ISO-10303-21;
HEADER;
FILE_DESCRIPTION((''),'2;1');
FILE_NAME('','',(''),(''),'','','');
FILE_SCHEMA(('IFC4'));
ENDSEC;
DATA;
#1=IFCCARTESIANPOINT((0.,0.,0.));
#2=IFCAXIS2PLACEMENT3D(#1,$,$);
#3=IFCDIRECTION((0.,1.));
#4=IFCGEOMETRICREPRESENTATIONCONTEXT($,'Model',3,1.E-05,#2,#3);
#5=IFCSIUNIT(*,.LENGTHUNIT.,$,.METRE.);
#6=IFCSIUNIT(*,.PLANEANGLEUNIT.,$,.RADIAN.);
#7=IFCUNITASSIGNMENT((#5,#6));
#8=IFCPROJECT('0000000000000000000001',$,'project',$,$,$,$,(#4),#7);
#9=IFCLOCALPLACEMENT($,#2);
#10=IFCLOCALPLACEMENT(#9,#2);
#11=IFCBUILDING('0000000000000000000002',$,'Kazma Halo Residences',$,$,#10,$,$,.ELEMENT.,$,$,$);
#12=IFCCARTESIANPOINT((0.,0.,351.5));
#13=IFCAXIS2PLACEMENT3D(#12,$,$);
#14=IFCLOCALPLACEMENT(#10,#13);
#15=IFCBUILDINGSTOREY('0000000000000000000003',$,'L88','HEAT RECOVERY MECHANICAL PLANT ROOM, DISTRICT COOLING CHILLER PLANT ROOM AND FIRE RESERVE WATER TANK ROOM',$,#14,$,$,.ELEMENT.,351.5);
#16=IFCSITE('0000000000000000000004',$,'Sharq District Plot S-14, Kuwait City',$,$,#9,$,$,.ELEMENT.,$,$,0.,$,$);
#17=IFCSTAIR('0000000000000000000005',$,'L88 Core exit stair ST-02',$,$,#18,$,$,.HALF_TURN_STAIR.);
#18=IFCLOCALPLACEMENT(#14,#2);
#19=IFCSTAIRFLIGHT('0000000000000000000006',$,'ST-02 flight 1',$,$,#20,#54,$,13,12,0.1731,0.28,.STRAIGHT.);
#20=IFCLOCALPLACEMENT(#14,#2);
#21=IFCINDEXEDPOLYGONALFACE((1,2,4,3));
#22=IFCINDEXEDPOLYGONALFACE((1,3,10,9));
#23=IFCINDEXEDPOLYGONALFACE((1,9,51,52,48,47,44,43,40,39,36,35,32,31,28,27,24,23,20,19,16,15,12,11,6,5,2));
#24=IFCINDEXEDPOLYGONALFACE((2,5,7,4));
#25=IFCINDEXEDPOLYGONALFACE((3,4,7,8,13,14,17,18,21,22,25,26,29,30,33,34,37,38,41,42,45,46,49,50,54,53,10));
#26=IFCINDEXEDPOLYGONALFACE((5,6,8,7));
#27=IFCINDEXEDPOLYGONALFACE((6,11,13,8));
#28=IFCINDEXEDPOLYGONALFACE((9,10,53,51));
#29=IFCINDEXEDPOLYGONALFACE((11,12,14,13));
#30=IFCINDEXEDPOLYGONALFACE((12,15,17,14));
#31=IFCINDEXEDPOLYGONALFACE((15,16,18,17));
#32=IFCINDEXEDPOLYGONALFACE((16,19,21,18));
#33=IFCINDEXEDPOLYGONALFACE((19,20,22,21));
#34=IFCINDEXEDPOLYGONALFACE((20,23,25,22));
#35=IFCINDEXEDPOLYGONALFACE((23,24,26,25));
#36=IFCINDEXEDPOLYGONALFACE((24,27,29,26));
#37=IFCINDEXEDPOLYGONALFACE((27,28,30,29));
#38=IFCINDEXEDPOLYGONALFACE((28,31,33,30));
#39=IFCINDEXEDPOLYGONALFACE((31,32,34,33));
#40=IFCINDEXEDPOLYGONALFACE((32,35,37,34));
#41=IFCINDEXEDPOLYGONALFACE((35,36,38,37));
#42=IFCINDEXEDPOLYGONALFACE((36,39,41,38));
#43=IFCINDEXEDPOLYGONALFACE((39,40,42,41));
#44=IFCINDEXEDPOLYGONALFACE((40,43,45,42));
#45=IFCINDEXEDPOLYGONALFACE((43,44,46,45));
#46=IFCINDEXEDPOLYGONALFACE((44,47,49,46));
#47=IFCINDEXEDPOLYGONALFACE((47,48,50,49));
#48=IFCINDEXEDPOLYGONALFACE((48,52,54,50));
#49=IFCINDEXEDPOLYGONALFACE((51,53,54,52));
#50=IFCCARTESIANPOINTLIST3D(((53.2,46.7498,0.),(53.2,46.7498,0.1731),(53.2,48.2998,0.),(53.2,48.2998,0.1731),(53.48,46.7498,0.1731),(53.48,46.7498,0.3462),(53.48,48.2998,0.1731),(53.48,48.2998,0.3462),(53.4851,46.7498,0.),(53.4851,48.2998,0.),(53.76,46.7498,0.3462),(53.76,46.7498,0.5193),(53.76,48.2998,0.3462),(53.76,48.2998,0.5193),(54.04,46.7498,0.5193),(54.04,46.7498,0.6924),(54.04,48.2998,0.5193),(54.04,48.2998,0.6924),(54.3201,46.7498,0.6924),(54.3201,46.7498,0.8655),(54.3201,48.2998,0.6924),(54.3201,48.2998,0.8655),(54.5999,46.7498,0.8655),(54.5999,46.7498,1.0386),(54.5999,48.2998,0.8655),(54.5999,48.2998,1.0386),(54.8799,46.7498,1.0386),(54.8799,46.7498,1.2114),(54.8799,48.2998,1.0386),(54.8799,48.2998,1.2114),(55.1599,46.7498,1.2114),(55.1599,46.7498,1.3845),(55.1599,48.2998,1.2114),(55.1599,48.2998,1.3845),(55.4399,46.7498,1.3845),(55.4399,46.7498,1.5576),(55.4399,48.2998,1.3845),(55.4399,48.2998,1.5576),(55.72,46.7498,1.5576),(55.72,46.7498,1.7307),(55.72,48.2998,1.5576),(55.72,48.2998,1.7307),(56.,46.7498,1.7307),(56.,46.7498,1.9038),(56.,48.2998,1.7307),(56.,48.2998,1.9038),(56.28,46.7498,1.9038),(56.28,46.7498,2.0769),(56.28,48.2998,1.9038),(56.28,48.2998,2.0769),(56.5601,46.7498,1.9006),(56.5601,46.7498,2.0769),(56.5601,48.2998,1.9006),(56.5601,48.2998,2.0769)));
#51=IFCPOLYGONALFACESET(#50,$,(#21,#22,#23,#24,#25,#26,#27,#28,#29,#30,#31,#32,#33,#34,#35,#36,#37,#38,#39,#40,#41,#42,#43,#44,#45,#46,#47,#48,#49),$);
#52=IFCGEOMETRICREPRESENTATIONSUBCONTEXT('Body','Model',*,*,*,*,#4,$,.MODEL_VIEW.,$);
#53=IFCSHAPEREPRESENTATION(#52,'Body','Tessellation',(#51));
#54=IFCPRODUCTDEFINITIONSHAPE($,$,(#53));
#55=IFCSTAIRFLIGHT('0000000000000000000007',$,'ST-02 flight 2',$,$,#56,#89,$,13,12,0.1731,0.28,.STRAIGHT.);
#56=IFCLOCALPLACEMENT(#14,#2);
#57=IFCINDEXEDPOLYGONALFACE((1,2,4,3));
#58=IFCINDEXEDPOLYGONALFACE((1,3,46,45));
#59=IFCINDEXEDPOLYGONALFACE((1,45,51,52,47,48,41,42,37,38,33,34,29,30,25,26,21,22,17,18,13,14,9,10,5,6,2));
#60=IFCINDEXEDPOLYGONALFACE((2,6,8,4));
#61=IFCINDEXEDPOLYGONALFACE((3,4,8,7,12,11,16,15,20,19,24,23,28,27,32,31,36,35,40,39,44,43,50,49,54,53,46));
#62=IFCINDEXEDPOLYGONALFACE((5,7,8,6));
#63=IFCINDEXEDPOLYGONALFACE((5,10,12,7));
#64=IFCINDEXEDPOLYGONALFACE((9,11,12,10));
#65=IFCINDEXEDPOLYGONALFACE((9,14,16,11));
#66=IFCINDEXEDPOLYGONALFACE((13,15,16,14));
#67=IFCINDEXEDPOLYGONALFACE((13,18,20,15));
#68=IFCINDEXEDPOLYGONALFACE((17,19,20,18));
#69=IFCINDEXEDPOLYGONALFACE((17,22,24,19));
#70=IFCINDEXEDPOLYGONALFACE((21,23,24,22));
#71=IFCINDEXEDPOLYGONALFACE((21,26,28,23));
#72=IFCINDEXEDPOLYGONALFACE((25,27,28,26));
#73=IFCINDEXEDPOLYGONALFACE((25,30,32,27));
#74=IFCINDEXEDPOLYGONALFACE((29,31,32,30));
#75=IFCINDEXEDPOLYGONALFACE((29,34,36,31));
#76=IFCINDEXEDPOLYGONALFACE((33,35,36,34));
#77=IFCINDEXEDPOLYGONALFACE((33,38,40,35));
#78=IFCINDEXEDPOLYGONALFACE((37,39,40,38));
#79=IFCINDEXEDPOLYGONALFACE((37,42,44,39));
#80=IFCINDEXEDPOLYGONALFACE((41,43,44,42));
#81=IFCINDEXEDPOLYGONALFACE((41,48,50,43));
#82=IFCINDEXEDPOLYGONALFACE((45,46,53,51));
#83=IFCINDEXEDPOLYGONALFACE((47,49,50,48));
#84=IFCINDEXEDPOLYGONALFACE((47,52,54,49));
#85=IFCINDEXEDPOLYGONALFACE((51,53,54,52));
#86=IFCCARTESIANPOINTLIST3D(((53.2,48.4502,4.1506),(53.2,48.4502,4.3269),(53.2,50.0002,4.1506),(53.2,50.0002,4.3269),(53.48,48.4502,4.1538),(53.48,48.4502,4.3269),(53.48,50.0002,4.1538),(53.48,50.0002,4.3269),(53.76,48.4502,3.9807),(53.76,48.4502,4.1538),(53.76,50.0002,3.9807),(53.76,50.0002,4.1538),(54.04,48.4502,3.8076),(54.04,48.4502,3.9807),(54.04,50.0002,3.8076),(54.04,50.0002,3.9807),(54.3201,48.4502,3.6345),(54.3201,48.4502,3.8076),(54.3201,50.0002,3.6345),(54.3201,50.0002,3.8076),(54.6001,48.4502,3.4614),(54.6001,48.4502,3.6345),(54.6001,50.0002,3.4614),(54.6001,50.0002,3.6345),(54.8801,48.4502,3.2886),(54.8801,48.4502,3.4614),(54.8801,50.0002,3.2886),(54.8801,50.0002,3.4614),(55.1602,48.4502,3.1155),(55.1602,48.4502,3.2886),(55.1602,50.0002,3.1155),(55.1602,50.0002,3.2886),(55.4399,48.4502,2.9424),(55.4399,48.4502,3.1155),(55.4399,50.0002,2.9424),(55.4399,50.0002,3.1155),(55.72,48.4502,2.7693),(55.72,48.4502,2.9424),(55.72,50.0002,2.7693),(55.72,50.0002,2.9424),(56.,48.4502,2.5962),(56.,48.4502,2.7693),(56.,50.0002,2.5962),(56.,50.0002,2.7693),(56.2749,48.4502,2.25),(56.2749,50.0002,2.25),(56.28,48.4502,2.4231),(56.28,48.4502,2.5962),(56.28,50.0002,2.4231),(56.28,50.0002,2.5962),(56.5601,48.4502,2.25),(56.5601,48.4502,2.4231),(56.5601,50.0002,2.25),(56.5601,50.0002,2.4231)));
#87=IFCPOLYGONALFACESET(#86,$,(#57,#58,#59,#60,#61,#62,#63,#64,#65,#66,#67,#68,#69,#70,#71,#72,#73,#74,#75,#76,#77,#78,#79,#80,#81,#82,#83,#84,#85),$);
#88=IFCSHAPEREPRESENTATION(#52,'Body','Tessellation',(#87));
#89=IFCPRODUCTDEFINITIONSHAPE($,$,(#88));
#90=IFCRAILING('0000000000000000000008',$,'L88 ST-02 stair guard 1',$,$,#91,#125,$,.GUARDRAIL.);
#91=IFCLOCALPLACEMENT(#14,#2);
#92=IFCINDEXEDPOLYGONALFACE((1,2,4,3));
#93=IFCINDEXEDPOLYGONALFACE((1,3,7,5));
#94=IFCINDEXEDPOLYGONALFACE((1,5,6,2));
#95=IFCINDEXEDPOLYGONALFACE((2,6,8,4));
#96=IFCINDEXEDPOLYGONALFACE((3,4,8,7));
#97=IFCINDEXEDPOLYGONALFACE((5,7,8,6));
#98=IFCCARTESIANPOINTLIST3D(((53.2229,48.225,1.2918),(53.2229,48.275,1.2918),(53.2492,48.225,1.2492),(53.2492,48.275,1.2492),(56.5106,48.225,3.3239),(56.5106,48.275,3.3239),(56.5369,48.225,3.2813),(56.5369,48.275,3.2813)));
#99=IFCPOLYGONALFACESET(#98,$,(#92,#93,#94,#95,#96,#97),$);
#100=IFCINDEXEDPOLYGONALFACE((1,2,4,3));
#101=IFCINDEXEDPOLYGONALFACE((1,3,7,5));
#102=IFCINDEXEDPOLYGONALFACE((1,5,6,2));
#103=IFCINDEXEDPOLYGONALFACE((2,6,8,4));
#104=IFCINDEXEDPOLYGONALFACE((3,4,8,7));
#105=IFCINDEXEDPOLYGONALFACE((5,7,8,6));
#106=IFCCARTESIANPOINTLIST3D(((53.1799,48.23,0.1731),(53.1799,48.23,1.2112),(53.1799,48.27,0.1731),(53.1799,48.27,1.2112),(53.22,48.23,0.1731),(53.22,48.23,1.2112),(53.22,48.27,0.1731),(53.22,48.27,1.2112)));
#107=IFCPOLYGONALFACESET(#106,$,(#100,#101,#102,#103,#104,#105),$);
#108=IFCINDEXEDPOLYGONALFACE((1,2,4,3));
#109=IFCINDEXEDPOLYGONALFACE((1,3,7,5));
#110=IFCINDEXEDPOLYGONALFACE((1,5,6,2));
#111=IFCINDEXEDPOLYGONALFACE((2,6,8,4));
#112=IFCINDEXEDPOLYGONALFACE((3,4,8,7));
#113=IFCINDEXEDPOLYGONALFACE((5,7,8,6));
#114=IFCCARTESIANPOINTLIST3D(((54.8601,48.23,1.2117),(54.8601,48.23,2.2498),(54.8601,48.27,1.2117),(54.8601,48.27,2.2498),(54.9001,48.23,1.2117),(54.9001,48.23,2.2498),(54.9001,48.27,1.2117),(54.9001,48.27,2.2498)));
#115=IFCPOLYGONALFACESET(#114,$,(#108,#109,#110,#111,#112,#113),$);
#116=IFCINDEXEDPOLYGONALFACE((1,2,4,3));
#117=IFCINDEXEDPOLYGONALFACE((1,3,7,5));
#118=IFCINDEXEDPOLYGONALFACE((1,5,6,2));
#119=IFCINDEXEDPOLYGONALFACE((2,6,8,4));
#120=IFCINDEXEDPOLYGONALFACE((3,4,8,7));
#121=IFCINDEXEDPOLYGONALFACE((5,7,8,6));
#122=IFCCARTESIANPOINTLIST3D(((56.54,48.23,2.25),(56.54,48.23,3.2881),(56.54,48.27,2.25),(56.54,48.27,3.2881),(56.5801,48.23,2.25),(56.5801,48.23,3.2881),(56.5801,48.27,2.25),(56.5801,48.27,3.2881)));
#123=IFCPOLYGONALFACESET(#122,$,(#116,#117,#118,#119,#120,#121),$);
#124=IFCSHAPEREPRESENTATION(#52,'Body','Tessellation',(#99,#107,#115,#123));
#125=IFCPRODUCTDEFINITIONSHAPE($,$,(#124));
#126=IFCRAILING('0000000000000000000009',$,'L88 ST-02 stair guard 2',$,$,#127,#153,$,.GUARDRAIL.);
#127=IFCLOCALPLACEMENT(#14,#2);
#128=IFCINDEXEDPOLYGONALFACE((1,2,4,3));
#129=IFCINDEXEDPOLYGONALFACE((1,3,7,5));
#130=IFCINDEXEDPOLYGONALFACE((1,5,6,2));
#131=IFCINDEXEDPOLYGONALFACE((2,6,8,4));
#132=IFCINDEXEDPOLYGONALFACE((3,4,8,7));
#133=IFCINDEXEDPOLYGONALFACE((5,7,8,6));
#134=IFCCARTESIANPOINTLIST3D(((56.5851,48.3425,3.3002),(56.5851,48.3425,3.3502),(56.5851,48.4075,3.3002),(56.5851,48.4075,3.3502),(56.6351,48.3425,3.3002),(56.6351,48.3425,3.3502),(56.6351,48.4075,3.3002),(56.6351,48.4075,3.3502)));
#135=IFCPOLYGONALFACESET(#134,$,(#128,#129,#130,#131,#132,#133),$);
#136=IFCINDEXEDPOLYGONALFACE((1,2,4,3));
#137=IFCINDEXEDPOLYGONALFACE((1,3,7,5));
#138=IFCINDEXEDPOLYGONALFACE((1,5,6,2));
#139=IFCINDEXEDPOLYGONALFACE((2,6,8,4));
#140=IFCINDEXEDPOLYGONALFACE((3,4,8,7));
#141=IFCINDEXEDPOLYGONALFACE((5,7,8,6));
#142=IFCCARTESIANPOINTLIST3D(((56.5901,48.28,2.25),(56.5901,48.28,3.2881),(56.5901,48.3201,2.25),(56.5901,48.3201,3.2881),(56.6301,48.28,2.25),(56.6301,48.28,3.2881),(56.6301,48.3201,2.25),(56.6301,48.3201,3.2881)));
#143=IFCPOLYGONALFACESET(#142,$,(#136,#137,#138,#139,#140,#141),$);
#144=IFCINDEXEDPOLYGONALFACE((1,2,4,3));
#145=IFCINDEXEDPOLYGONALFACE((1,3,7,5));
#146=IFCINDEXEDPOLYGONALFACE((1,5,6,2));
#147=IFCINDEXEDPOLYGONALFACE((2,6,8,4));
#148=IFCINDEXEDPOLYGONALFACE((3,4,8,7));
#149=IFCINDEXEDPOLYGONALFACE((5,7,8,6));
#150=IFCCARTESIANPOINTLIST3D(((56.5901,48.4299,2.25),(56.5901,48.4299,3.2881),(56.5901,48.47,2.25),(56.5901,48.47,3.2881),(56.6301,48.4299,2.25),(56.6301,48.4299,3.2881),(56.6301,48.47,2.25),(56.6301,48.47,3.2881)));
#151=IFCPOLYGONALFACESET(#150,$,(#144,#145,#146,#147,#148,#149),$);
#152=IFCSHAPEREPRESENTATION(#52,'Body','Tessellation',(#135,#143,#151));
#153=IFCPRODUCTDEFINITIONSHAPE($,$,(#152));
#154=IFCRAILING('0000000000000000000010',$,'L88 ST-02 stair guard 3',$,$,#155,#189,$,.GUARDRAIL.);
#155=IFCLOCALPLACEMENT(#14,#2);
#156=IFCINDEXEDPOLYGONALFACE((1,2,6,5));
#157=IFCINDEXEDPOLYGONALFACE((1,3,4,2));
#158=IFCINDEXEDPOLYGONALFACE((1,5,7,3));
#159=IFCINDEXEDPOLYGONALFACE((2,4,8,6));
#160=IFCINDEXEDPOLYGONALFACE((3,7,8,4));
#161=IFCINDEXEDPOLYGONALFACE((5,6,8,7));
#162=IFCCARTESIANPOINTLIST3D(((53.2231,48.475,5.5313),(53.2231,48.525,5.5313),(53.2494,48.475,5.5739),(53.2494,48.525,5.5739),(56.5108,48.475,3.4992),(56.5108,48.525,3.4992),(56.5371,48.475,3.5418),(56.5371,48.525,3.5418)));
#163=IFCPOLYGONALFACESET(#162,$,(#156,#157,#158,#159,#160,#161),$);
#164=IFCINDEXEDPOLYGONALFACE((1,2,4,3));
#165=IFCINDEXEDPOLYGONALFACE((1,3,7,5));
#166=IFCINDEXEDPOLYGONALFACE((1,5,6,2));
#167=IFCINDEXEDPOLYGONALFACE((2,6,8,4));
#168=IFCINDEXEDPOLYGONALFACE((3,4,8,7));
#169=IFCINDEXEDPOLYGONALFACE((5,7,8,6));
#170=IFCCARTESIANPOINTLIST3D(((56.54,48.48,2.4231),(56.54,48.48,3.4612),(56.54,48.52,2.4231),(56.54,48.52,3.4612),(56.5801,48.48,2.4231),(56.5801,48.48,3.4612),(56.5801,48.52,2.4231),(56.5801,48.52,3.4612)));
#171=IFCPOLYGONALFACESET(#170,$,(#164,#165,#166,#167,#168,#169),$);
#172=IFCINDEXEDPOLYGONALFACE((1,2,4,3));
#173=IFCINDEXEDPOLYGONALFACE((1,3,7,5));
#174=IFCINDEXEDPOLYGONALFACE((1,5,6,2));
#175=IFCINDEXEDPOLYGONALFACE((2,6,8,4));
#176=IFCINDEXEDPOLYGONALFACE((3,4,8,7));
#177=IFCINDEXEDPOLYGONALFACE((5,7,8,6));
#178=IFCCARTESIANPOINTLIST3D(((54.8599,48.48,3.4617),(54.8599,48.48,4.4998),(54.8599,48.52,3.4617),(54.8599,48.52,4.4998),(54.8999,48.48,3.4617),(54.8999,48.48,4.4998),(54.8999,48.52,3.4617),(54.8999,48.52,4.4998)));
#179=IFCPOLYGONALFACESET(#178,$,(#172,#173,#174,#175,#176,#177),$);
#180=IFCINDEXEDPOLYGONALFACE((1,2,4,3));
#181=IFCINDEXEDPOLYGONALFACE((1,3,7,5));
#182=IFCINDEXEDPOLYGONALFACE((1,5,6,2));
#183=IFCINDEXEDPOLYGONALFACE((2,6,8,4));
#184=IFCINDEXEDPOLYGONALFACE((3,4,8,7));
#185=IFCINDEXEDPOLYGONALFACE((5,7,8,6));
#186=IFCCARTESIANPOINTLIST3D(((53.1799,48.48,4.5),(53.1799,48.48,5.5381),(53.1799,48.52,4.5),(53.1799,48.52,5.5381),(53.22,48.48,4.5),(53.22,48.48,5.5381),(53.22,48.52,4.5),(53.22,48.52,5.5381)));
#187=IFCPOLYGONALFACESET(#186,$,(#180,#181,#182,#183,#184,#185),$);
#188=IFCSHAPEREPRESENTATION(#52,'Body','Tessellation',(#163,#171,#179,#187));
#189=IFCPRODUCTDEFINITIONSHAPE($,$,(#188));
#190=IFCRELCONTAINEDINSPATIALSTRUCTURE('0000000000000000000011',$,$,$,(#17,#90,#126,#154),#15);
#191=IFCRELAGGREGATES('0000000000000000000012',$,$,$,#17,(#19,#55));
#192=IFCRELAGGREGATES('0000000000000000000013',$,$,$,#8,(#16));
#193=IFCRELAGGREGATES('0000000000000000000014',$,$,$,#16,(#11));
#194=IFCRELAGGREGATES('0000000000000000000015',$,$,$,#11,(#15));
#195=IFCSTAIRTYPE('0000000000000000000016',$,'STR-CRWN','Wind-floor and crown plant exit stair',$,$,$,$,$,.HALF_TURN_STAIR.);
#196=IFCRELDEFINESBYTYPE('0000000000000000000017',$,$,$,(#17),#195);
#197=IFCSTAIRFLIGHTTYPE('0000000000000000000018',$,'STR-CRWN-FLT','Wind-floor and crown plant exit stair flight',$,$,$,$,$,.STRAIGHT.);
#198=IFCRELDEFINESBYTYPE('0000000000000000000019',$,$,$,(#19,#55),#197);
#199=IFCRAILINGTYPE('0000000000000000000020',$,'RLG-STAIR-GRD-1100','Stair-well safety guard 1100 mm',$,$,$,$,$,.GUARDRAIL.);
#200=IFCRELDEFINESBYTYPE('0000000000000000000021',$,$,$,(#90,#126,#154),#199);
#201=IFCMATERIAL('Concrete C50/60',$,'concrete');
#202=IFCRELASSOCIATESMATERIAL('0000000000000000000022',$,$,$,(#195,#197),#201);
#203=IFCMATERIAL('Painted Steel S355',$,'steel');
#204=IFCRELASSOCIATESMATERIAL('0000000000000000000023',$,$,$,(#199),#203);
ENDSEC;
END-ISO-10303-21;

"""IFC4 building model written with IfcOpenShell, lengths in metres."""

from ifc_helpers import new_model, si_unit, direction, frame, origin, origin_2d, place, context, subcontext, project, spatial, polyline, rectangle, outline, extrude, material, type_object, element, aggregate, save


model = new_model("IFC4")

# Units and contexts
model_context = context("Model", 3, precision=1e-05, world=origin(), true_north=direction((0.0, 1.0)))
body_context = subcontext(model_context, "Body", "Model", "MODEL_VIEW")
ifc_project = project(units=[si_unit("LENGTHUNIT", "METRE"), si_unit("PLANEANGLEUNIT", "RADIAN")], contexts=[model_context])

# Site, building, storey
site_placement = place(None, origin())
site = spatial("IfcSite", under=ifc_project, at=site_placement, Name="Sharq District Plot S-14, Kuwait City", CompositionType="ELEMENT", RefElevation=0.0)
building_placement = place(site_placement, origin())
building = spatial("IfcBuilding", under=site, at=building_placement, Name="Kazma Halo Residences", CompositionType="ELEMENT")
storey_placement = place(building_placement, frame((0.0, 0.0, 351.5)))
storey = spatial("IfcBuildingStorey", under=building, at=storey_placement, Name="L88", Description="HEAT RECOVERY MECHANICAL PLANT ROOM, DISTRICT COOLING CHILLER PLANT ROOM AND FIRE RESERVE WATER TANK ROOM", CompositionType="ELEMENT", Elevation=351.5)

# Shared definitions
ifc_material_1 = material(Name="Concrete C50/60", Category="concrete")

# Stair, stair flights
stair_type = type_object("IfcStairType", Name="STR-CRWN", Description="Wind-floor and crown plant exit stair", PredefinedType="HALF_TURN_STAIR", material=ifc_material_1)
stair_placement = place(storey_placement, origin())
stair = element("IfcStair", 1, at=stair_placement, inside=storey, type_object=stair_type, Name="L88 Core exit stair ST-02", PredefinedType="HALF_TURN_STAIR")
stair_flight_type = type_object("IfcStairFlightType", Name="STR-CRWN-FLT", Description="Wind-floor and crown plant exit stair flight", PredefinedType="STRAIGHT", material=ifc_material_1)
stair_flight_1_placement = place(storey_placement, frame((53.2, 47.5249, 0.0), z_axis=(0.0, 0.0, 1.0), x_axis=(1.0, 0.0, 0.0)))
stair_flight_1 = element("IfcStairFlight", 2, at=stair_flight_1_placement, type_object=stair_flight_type, Name="ST-02 flight 1", NumberOfRisers=13, NumberOfTreads=12, PredefinedType="STRAIGHT", RiserHeight=0.1731, TreadLength=0.28, context=body_context, shape_type="SweptSolid", body=[
    extrude(outline(polyline([(0.0, 0.0), (0.0, 0.1731), (0.28, 0.1731), (0.28, 0.3462), (0.5601, 0.3462), (0.5601, 0.5193), (0.8401, 0.5193), (0.8401, 0.6924), (1.1201, 0.6924), (1.1201, 0.8655), (1.3999, 0.8655), (1.3999, 1.0386), (1.6799, 1.0386), (1.6799, 1.2114), (1.96, 1.2114), (1.96, 1.3845), (2.24, 1.3845), (2.24, 1.5576), (2.52, 1.5576), (2.52, 1.7307), (2.8, 1.7307), (2.8, 1.9038), (3.0801, 1.9038), (3.0801, 2.0769), (3.3601, 2.0769), (3.3601, 2.25), (3.3601, 1.9006), (0.2852, 0.0), (0.0, 0.0)])), frame((0.0, 0.7749, 0.0), z_axis=(0.0, -1.0, 0.0), x_axis=(1.0, 0.0, 0.0)), (0.0, 0.0, 1.0), 1.55),
])
stair_flight_2_placement = place(storey_placement, frame((56.5601, 49.2251, 2.25), z_axis=(0.0, 0.0, 1.0), x_axis=(-1.0, 0.0, 0.0)))
stair_flight_2 = element("IfcStairFlight", 3, at=stair_flight_2_placement, type_object=stair_flight_type, Name="ST-02 flight 2", NumberOfRisers=13, NumberOfTreads=12, PredefinedType="STRAIGHT", RiserHeight=0.1731, TreadLength=0.28, context=body_context, shape_type="SweptSolid", body=[
    extrude(outline(polyline([(0.0, 0.0), (0.0, 0.1731), (0.28, 0.1731), (0.28, 0.3462), (0.5601, 0.3462), (0.5601, 0.5193), (0.8401, 0.5193), (0.8401, 0.6924), (1.1201, 0.6924), (1.1201, 0.8655), (1.3999, 0.8655), (1.3999, 1.0386), (1.6799, 1.0386), (1.6799, 1.2114), (1.96, 1.2114), (1.96, 1.3845), (2.24, 1.3845), (2.24, 1.5576), (2.52, 1.5576), (2.52, 1.7307), (2.8, 1.7307), (2.8, 1.9038), (3.0801, 1.9038), (3.0801, 2.0769), (3.3601, 2.0769), (3.3601, 2.25), (3.3601, 1.9006), (0.2852, 0.0), (0.0, 0.0)])), frame((0.0, 0.7749, 0.0), z_axis=(0.0, -1.0, 0.0), x_axis=(1.0, 0.0, 0.0)), (0.0, 0.0, 1.0), 1.55),
])
aggregate(stair, [stair_flight_1, stair_flight_2])

# Railings
ifc_material_2 = material(Name="Painted Steel S355", Category="steel")
railing_type_1 = type_object("IfcRailingType", Name="RLG-STAIR-GRD-1100", Description="Stair-well safety guard 1100 mm", PredefinedType="GUARDRAIL", material=ifc_material_2)
railing_1_placement = place(storey_placement, frame((53.2, 48.25, 0.1731)))
element("IfcRailing", 4, at=railing_1_placement, inside=storey, type_object=railing_type_1, Name="L88 ST-02 stair guard 1", PredefinedType="GUARDRAIL", context=body_context, shape_type="SweptSolid", body=[
    extrude(rectangle(XDim=0.05, YDim=0.05, at=origin_2d()), frame((0.0361, 0.0, 1.0974), z_axis=(0.850623, 0.0, 0.525776), x_axis=(0.0, 1.0, 0.0)), (0.0, 0.0, 1.0), 3.865),
    extrude(rectangle(XDim=0.04, YDim=0.04, at=origin_2d()), origin(), (0.0, 0.0, 1.0), 1.0381),
    extrude(rectangle(XDim=0.04, YDim=0.04, at=origin_2d()), frame((1.6802, 0.0, 1.0386)), (0.0, 0.0, 1.0), 1.0381),
    extrude(rectangle(XDim=0.04, YDim=0.04, at=origin_2d()), frame((3.3601, 0.0, 2.0769)), (0.0, 0.0, 1.0), 1.0381),
])
railing_2_placement = place(storey_placement, frame((56.6101, 48.3, 2.25)))
element("IfcRailing", 5, at=railing_2_placement, inside=storey, type_object=railing_type_1, Name="L88 ST-02 stair guard 2", PredefinedType="GUARDRAIL", context=body_context, shape_type="SweptSolid", body=[
    extrude(rectangle(XDim=0.05, YDim=0.05, at=origin_2d()), frame((0.0, 0.0425, 1.0752), z_axis=(0.0, 1.0, 0.0), x_axis=(-1.0, 0.0, 0.0)), (0.0, 0.0, 1.0), 0.0649),
    extrude(rectangle(XDim=0.04, YDim=0.04, at=origin_2d()), origin(), (0.0, 0.0, 1.0), 1.0381),
    extrude(rectangle(XDim=0.04, YDim=0.04, at=origin_2d()), frame((0.0, 0.1499, 0.0)), (0.0, 0.0, 1.0), 1.0381),
])
railing_3_placement = place(storey_placement, frame((56.5601, 48.5, 2.4231)))
element("IfcRailing", 6, at=railing_3_placement, inside=storey, type_object=railing_type_1, Name="L88 ST-02 stair guard 3", PredefinedType="GUARDRAIL", context=body_context, shape_type="SweptSolid", body=[
    extrude(rectangle(XDim=0.05, YDim=0.05, at=origin_2d()), frame((-0.0361, 0.0, 1.0974), z_axis=(-0.850623, 0.0, 0.525776), x_axis=(0.0, -1.0, 0.0)), (0.0, 0.0, 1.0), 3.865),
    extrude(rectangle(XDim=0.04, YDim=0.04, at=origin_2d()), origin(), (0.0, 0.0, 1.0), 1.0381),
    extrude(rectangle(XDim=0.04, YDim=0.04, at=origin_2d()), frame((-1.6802, 0.0, 1.0386)), (0.0, 0.0, 1.0), 1.0381),
    extrude(rectangle(XDim=0.04, YDim=0.04, at=origin_2d()), frame((-3.3601, 0.0, 2.0769)), (0.0, 0.0, 1.0), 1.0381),
])

save(model, "model.ifc")
